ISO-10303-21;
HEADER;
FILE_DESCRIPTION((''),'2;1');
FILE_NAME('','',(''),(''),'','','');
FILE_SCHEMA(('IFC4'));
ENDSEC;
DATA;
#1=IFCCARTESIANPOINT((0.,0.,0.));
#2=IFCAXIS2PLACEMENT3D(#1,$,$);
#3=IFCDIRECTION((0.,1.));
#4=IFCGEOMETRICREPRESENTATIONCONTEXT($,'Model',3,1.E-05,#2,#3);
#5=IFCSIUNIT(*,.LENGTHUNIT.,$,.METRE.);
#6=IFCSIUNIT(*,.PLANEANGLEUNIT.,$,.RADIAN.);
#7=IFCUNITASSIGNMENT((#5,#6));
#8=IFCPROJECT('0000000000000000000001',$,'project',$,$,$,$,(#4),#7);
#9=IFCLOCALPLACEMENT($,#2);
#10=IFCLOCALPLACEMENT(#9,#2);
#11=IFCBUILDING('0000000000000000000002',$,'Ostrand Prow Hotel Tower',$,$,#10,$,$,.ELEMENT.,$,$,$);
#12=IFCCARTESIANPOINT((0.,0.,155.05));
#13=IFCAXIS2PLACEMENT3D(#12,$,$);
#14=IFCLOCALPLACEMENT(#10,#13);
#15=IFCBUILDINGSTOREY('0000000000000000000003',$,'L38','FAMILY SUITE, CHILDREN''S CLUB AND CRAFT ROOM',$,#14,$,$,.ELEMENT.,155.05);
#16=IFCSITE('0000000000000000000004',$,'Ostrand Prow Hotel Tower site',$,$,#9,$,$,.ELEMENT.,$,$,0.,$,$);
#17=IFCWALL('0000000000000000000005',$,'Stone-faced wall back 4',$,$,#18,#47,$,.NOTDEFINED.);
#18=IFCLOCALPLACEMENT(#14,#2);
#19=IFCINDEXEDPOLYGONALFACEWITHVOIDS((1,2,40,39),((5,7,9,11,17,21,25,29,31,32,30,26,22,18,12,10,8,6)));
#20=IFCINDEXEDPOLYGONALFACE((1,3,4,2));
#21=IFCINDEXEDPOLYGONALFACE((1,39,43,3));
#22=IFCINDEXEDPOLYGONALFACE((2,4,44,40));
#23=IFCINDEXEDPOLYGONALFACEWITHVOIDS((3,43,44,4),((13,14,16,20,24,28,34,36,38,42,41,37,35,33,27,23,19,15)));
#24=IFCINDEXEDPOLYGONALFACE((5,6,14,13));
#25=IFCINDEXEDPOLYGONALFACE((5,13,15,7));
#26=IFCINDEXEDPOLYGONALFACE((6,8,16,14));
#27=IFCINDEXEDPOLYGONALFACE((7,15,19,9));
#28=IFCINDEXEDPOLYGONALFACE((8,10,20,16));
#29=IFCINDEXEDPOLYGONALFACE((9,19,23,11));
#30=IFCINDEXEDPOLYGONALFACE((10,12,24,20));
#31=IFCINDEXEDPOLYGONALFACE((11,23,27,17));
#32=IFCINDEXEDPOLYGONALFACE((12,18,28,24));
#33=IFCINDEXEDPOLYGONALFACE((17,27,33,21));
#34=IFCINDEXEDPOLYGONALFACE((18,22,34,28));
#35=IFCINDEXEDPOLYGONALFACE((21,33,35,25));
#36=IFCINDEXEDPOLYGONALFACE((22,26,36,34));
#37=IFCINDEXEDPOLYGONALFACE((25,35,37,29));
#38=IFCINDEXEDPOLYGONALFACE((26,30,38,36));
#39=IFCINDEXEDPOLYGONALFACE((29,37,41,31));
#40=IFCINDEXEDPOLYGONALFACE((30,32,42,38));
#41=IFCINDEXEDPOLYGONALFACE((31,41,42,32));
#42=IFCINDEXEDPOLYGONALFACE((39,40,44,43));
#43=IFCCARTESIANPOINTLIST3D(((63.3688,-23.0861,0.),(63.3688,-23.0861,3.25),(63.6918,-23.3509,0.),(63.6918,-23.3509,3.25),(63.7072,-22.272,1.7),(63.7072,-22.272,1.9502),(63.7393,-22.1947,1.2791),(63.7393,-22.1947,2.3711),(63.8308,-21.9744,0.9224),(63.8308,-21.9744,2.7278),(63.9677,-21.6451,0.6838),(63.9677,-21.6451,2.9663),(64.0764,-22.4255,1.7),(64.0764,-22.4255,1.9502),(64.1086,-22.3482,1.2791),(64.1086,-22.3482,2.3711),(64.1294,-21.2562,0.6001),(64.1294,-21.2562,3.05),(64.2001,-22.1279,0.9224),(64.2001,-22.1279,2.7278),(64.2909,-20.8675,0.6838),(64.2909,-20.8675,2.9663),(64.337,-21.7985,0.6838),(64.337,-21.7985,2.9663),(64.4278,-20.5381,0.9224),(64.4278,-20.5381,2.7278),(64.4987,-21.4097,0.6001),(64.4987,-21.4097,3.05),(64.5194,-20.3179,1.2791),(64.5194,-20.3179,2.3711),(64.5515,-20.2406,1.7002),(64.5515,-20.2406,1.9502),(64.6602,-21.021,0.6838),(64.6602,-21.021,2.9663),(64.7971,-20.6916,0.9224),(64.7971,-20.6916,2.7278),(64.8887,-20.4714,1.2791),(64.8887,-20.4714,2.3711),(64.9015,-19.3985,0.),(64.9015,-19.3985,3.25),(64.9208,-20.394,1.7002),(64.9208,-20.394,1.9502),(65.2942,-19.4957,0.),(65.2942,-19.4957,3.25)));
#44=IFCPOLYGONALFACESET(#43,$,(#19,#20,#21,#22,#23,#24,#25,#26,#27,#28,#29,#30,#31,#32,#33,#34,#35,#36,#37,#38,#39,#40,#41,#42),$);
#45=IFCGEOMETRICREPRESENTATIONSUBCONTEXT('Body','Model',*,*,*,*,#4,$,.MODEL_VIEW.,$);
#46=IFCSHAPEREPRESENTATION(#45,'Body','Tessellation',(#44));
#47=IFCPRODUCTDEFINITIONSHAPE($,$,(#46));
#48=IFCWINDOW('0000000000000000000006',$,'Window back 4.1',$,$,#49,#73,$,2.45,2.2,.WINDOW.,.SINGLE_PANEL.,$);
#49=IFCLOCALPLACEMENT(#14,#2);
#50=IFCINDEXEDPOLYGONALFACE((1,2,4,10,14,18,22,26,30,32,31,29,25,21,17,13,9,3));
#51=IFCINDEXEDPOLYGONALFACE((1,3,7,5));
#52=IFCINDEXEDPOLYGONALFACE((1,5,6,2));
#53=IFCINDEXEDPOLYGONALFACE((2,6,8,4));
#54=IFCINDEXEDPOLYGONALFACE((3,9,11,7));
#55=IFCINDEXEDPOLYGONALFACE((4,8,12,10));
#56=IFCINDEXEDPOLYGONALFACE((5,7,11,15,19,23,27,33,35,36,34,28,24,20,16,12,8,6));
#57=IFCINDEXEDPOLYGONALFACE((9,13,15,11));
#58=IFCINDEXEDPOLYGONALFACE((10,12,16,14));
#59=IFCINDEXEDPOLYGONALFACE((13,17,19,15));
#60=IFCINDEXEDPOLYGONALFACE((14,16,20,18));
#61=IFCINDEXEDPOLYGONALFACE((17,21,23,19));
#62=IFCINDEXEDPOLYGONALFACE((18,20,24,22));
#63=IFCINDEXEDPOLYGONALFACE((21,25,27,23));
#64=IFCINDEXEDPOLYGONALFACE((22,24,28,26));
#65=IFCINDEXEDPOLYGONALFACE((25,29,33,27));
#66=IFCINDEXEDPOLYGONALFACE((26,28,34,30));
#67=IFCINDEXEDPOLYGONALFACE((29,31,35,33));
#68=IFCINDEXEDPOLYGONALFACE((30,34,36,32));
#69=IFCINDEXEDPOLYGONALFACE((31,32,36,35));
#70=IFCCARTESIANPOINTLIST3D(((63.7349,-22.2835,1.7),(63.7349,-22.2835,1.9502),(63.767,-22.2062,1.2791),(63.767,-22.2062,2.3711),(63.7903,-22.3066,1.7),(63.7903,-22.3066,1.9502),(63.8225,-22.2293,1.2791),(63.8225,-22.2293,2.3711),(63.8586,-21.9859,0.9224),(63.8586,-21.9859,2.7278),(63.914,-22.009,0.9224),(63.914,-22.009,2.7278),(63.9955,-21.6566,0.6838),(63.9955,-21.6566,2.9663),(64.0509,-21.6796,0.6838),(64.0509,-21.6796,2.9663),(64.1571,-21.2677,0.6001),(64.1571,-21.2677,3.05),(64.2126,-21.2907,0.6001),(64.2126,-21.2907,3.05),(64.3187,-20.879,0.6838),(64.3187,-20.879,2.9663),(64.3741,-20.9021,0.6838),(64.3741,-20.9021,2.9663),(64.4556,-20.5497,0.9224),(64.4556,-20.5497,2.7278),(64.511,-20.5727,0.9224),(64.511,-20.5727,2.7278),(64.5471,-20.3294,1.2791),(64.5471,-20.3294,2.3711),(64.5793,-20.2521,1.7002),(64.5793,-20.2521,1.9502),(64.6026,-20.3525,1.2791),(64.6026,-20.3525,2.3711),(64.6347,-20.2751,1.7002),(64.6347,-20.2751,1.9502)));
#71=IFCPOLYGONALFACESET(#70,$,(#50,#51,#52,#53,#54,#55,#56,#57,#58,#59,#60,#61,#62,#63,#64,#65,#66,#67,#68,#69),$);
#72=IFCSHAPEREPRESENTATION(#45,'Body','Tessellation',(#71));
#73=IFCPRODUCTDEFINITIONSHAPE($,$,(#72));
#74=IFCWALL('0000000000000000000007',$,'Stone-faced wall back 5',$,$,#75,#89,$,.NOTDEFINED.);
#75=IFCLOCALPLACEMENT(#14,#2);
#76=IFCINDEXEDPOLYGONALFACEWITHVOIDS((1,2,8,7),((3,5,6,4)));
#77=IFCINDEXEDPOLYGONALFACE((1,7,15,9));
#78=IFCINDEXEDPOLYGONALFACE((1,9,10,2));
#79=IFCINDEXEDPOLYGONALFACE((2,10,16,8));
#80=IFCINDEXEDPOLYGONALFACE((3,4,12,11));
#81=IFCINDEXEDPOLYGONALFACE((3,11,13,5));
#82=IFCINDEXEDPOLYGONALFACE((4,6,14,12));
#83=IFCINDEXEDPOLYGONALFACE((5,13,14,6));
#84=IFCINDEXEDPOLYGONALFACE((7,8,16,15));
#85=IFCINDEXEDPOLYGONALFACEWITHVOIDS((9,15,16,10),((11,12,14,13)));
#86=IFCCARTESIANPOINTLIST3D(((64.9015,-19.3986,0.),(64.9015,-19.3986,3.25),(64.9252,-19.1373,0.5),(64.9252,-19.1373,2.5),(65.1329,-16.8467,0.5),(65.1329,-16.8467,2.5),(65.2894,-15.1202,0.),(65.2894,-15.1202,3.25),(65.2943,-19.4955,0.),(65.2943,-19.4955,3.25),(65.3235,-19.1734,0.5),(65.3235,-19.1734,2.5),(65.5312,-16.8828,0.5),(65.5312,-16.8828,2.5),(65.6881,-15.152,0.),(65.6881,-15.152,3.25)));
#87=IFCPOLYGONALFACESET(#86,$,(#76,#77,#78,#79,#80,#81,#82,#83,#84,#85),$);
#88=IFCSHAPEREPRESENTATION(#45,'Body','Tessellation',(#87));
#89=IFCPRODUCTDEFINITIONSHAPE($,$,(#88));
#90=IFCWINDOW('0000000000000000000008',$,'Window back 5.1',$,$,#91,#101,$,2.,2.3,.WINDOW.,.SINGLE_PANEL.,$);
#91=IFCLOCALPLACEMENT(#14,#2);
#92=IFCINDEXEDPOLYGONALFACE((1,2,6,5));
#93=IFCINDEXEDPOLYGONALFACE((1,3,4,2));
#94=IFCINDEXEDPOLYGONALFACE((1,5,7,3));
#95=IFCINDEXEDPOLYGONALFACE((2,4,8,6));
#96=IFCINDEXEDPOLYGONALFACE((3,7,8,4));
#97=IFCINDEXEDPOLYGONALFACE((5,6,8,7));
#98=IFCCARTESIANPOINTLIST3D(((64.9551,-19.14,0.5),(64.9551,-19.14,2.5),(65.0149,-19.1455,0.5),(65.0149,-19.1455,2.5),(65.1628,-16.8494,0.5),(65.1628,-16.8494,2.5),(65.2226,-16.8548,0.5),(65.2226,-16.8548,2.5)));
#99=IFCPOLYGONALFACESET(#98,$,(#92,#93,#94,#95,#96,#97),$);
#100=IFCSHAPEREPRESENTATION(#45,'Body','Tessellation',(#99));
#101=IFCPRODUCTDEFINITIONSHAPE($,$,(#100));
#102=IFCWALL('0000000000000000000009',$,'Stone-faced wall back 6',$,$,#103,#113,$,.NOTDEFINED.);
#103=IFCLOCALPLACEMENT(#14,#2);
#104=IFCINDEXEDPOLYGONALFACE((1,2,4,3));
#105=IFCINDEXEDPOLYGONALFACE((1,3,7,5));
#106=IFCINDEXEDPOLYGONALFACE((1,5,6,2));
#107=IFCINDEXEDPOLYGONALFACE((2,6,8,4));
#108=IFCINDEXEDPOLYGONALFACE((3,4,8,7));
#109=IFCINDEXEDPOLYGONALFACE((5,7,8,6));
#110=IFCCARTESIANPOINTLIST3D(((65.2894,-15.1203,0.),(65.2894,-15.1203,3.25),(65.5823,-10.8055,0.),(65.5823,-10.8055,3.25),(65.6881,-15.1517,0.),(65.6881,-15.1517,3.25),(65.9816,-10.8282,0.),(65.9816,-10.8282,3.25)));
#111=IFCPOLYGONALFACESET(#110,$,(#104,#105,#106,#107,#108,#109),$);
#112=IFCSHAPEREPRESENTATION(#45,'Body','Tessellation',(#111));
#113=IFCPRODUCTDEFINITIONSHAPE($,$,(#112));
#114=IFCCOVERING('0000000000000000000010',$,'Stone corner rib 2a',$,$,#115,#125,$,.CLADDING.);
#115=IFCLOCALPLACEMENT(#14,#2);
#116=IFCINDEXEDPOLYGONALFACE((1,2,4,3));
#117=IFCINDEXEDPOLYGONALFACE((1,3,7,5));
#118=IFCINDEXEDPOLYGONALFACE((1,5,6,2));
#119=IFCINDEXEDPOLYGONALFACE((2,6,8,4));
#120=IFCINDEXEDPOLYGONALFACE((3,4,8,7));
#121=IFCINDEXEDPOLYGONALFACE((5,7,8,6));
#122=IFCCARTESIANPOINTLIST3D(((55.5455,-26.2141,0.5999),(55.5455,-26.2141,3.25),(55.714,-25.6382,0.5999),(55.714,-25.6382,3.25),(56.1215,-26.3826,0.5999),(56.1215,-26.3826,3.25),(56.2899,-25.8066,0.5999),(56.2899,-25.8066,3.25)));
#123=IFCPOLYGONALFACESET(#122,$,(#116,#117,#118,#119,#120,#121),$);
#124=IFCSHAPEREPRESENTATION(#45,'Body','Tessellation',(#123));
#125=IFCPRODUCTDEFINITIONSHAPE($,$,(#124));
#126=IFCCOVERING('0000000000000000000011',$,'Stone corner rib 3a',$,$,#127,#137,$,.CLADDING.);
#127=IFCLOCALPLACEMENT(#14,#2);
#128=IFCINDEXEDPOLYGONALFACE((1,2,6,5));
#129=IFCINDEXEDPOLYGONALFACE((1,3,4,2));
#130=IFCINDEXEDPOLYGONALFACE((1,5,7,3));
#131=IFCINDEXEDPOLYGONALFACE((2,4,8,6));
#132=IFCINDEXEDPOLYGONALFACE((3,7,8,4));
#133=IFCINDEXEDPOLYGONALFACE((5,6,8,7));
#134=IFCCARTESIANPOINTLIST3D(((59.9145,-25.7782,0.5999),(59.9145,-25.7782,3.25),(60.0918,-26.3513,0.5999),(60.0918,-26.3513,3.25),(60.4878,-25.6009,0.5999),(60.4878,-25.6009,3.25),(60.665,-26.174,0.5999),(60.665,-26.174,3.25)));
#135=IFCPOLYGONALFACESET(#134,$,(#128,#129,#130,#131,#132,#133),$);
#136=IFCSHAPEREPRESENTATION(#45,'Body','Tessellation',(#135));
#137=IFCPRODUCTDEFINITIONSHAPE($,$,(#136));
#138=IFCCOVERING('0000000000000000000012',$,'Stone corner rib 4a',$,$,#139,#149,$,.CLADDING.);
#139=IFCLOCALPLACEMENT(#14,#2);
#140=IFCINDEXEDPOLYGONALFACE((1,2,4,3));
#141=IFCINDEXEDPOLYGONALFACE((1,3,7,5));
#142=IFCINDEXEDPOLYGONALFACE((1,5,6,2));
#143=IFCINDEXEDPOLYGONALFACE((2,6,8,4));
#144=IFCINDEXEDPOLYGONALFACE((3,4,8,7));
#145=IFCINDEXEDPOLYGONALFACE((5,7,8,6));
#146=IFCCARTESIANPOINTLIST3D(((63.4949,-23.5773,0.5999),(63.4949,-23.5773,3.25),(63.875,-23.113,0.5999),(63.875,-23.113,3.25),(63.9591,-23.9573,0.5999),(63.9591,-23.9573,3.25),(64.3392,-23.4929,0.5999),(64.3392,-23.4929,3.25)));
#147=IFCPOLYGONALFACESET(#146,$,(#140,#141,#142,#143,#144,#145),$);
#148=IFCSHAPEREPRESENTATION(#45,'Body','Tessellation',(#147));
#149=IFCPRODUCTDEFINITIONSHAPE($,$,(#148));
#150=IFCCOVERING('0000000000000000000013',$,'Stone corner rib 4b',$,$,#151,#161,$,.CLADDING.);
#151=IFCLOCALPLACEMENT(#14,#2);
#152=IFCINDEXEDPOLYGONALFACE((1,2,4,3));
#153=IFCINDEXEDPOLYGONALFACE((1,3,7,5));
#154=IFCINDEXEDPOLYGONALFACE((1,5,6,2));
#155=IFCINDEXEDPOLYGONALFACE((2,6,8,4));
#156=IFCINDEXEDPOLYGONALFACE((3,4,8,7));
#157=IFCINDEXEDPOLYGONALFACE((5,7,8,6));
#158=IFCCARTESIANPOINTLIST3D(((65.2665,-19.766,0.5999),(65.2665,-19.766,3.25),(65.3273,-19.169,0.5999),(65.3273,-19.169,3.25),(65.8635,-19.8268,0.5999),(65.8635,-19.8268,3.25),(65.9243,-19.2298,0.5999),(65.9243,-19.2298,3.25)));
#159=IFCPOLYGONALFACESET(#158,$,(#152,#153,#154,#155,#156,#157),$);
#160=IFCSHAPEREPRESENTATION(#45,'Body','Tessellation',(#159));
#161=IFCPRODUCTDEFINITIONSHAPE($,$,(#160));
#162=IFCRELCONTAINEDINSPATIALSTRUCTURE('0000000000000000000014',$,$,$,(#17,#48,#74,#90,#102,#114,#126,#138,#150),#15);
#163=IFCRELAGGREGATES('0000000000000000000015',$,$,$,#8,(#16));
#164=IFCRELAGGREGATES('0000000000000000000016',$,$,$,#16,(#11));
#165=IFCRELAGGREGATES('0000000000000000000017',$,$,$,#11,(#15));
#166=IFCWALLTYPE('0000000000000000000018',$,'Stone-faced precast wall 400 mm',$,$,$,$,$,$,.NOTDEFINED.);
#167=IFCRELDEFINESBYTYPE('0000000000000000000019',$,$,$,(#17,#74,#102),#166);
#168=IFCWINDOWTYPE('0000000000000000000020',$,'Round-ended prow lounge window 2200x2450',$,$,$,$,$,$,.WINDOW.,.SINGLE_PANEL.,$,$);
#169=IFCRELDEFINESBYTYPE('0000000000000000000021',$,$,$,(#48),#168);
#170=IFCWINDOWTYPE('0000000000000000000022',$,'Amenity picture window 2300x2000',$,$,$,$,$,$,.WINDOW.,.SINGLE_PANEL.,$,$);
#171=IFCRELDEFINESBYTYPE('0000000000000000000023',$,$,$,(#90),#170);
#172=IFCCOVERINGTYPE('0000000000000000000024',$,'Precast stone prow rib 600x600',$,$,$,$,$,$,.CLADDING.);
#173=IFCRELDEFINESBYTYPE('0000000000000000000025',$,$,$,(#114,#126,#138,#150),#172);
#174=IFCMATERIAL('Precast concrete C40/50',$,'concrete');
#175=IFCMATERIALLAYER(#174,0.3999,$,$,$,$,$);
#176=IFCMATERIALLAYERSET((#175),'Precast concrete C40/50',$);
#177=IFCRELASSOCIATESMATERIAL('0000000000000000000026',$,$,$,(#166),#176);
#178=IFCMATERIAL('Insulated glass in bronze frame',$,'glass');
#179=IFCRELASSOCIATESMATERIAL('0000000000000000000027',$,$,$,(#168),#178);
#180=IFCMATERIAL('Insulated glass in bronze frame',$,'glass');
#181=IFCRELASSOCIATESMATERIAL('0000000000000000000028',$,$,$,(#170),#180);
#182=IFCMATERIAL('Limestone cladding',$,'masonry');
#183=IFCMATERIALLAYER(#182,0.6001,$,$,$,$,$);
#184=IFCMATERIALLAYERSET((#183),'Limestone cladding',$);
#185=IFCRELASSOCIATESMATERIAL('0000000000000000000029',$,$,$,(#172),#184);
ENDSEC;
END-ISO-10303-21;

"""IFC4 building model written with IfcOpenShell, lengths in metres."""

from ifc_helpers import new_model, si_unit, direction, frame, frame_2d, origin, place, context, subcontext, project, spatial, polyline, rectangle, outline, extrude, material, layer, layer_set, type_object, element, fill, save


model = new_model("IFC4")

# Units and contexts
model_context = context("Model", 3, precision=1e-05, world=origin(), true_north=direction((0.0, 1.0)))
body_context = subcontext(model_context, "Body", "Model", "MODEL_VIEW")
ifc_project = project(units=[si_unit("LENGTHUNIT", "METRE"), si_unit("PLANEANGLEUNIT", "RADIAN")], contexts=[model_context])

# Site, building, storey
site_placement = place(None, origin())
site = spatial("IfcSite", under=ifc_project, at=site_placement, Name="Ostrand Prow Hotel Tower site", CompositionType="ELEMENT", RefElevation=0.0)
building_placement = place(site_placement, origin())
building = spatial("IfcBuilding", under=site, at=building_placement, Name="Ostrand Prow Hotel Tower", CompositionType="ELEMENT")
storey_placement = place(building_placement, frame((0.0, 0.0, 155.05)))
storey = spatial("IfcBuildingStorey", under=building, at=storey_placement, Name="L38", Description="FAMILY SUITE, CHILDREN'S CLUB AND CRAFT ROOM", CompositionType="ELEMENT", Elevation=155.05)

# Walls, openings, windows
ifc_material_1 = material(Name="Precast concrete C40/50", Category="concrete")
ifc_layer_1 = layer(ifc_material_1, 0.3999)
ifc_layer_set_1 = layer_set([ifc_layer_1], Name="Precast concrete C40/50")
wall_type_1 = type_object("IfcWallType", Name="Stone-faced precast wall 400 mm", PredefinedType="NOTDEFINED", material=ifc_layer_set_1)
ifc_material_2 = material(Name="Insulated glass in bronze frame", Category="glass")
window_type_1 = type_object("IfcWindowType", Name="Round-ended prow lounge window 2200x2450", PartitioningType="SINGLE_PANEL", PredefinedType="WINDOW", material=ifc_material_2)
wall_1_placement = place(storey_placement, frame((63.5303, -23.2185, 0.0), z_axis=(0.0, 0.0, 1.0), x_axis=(0.383817, 0.923409, 0.0)))
wall_1 = element("IfcWall", 1, at=wall_1_placement, inside=storey, type_object=wall_type_1, Name="Stone-faced wall back 4", PredefinedType="NOTDEFINED", context=body_context, shape_type="SweptSolid", body=[
    extrude(outline(polyline([(-0.0603, -0.2), (4.1147, -0.2), (4.0537, 0.2), (0.0603, 0.2), (-0.0603, -0.2)])), origin(), (0.0, 0.0, 1.0), 3.25),
])
opening_1_placement = place(wall_1_placement, frame((0.9419, 0.0, 0.6001)))
opening_1 = element("IfcOpeningElement", 2, at=opening_1_placement, cuts=wall_1, PredefinedType="OPENING", context=body_context, shape_type="SweptSolid", body=[
    extrude(outline(polyline([(0.0, 1.3501), (0.0837, 1.771), (0.3223, 2.1277), (0.679, 2.3662), (1.1001, 2.45), (1.521, 2.3662), (1.8777, 2.1277), (2.1162, 1.771), (2.2, 1.3501), (2.2, 1.1001), (2.1162, 0.679), (1.8777, 0.3223), (1.521, 0.0837), (1.1001, 0.0), (0.679, 0.0837), (0.3223, 0.3223), (0.0837, 0.679), (0.0, 1.0999), (0.0, 1.3501)])), frame((0.0, 0.21, 0.0), z_axis=(0.0, -1.0, 0.0), x_axis=(1.0, 0.0, 0.0)), (0.0, 0.0, 1.0), 0.4199),
])
window_1_placement = place(opening_1_placement, origin())
window_1 = element("IfcWindow", 3, at=window_1_placement, inside=storey, type_object=window_type_1, Name="Window back 4.1", OverallHeight=2.45, OverallWidth=2.2, PartitioningType="SINGLE_PANEL", PredefinedType="WINDOW", context=body_context, shape_type="SweptSolid", body=[
    extrude(outline(polyline([(0.0, 1.3501), (0.0837, 1.771), (0.3223, 2.1277), (0.679, 2.3662), (1.1001, 2.45), (1.521, 2.3662), (1.8777, 2.1277), (2.1162, 1.771), (2.2, 1.3501), (2.2, 1.1001), (2.1162, 0.679), (1.8777, 0.3223), (1.521, 0.0837), (1.1001, 0.0), (0.679, 0.0837), (0.3223, 0.3223), (0.0837, 0.679), (0.0, 1.0999), (0.0, 1.3501)])), frame((0.0, 0.1699, 0.0), z_axis=(0.0, -1.0, 0.0), x_axis=(1.0, 0.0, 0.0)), (0.0, 0.0, 1.0), 0.0601),
])
fill(opening_1, window_1)
wall_2_placement = place(storey_placement, frame((65.0979, -19.447, 0.0), z_axis=(0.0, 0.0, 1.0), x_axis=(0.090297, 0.995915, 0.0)))
wall_2 = element("IfcWall", 4, at=wall_2_placement, inside=storey, type_object=wall_type_1, Name="Stone-faced wall back 5", PredefinedType="NOTDEFINED", context=body_context, shape_type="SweptSolid", body=[
    extrude(outline(polyline([(-0.0305, -0.2), (4.3308, -0.2), (4.3264, 0.2), (0.0305, 0.2), (-0.0305, -0.2)])), origin(), (0.0, 0.0, 1.0), 3.25),
])
opening_2_placement = place(wall_2_placement, frame((0.293, 0.0, 0.5)))
opening_2 = element("IfcOpeningElement", 5, at=opening_2_placement, cuts=wall_2, PredefinedType="OPENING", context=body_context, shape_type="SweptSolid", body=[
    extrude(rectangle(XDim=2.3, YDim=2.0, at=frame_2d((1.1499, 1.0))), frame((0.0, 0.21, 0.0), z_axis=(0.0, -1.0, 0.0), x_axis=(1.0, 0.0, 0.0)), (0.0, 0.0, 1.0), 0.4199),
])
ifc_material_3 = material(Name="Insulated glass in bronze frame", Category="glass")
window_type_2 = type_object("IfcWindowType", Name="Amenity picture window 2300x2000", PartitioningType="SINGLE_PANEL", PredefinedType="WINDOW", material=ifc_material_3)
window_2_placement = place(opening_2_placement, origin())
window_2 = element("IfcWindow", 6, at=window_2_placement, inside=storey, type_object=window_type_2, Name="Window back 5.1", OverallHeight=2.0, OverallWidth=2.3, PartitioningType="SINGLE_PANEL", PredefinedType="WINDOW", context=body_context, shape_type="SweptSolid", body=[
    extrude(rectangle(XDim=2.3, YDim=2.0, at=frame_2d((1.1499, 1.0))), frame((0.0, 0.1699, 0.0), z_axis=(0.0, -1.0, 0.0), x_axis=(1.0, 0.0, 0.0)), (0.0, 0.0, 1.0), 0.0601),
])
fill(opening_2, window_2)

# Wall
wall_3_placement = place(storey_placement, frame((65.4888, -15.136, 0.0), z_axis=(0.0, 0.0, 1.0), x_axis=(0.067732, 0.997704, 0.0)))
element("IfcWall", 7, at=wall_3_placement, inside=storey, type_object=wall_type_1, Name="Stone-faced wall back 6", PredefinedType="NOTDEFINED", context=body_context, shape_type="SweptSolid", body=[
    extrude(outline(polyline([(-0.0022, -0.2), (4.3313, -0.2), (4.3269, 0.2), (0.0022, 0.2), (-0.0022, -0.2)])), origin(), (0.0, 0.0, 1.0), 3.25),
])

# Coverings
ifc_material_4 = material(Name="Limestone cladding", Category="masonry")
ifc_layer_2 = layer(ifc_material_4, 0.6001)
ifc_layer_set_2 = layer_set([ifc_layer_2], Name="Limestone cladding")
covering_type = type_object("IfcCoveringType", Name="Precast stone prow rib 600x600", PredefinedType="CLADDING", material=ifc_layer_set_2)
covering_1_placement = place(storey_placement, frame((56.002, -25.7224, 0.5999), z_axis=(0.0, 0.0, 1.0), x_axis=(-0.280734, -0.959786, 0.0)))
element("IfcCovering", 8, at=covering_1_placement, inside=storey, type_object=covering_type, Name="Stone corner rib 2a", PredefinedType="CLADDING", context=body_context, shape_type="SweptSolid", body=[
    extrude(rectangle(XDim=0.6001, YDim=0.6001, at=frame_2d((0.3, 0.0))), origin(), (0.0, 0.0, 1.0), 2.6501),
])
for number, where, z_axis, x_axis, name in (
    (9, (60.2012, -25.6897, 0.5999), (0.0, 0.0, 1.0), (0.295516, -0.955338, 0.0), "Stone corner rib 3a"),
    (10, (63.6851, -23.3452, 0.5999), (0.0, 0.0, 1.0), (0.77383, -0.633393, 0.0), "Stone corner rib 4a"),
):
    element("IfcCovering", number, at=place(storey_placement, frame(where, z_axis=z_axis, x_axis=x_axis)), inside=storey, type_object=covering_type, Name=name, PredefinedType="CLADDING", context=body_context, shape_type="SweptSolid", body=[
        extrude(rectangle(XDim=0.5999, YDim=0.6001, at=frame_2d((0.2998, 0.0))), origin(), (0.0, 0.0, 1.0), 2.6501),
    ])
covering_2_placement = place(storey_placement, frame((65.2969, -19.4675, 0.5999), z_axis=(0.0, 0.0, 1.0), x_axis=(0.994854, -0.101316, 0.0)))
element("IfcCovering", 11, at=covering_2_placement, inside=storey, type_object=covering_type, Name="Stone corner rib 4b", PredefinedType="CLADDING", context=body_context, shape_type="SweptSolid", body=[
    extrude(rectangle(XDim=0.6001, YDim=0.6001, at=frame_2d((0.3, 0.0))), origin(), (0.0, 0.0, 1.0), 2.6501),
])

save(model, "model.ifc")
